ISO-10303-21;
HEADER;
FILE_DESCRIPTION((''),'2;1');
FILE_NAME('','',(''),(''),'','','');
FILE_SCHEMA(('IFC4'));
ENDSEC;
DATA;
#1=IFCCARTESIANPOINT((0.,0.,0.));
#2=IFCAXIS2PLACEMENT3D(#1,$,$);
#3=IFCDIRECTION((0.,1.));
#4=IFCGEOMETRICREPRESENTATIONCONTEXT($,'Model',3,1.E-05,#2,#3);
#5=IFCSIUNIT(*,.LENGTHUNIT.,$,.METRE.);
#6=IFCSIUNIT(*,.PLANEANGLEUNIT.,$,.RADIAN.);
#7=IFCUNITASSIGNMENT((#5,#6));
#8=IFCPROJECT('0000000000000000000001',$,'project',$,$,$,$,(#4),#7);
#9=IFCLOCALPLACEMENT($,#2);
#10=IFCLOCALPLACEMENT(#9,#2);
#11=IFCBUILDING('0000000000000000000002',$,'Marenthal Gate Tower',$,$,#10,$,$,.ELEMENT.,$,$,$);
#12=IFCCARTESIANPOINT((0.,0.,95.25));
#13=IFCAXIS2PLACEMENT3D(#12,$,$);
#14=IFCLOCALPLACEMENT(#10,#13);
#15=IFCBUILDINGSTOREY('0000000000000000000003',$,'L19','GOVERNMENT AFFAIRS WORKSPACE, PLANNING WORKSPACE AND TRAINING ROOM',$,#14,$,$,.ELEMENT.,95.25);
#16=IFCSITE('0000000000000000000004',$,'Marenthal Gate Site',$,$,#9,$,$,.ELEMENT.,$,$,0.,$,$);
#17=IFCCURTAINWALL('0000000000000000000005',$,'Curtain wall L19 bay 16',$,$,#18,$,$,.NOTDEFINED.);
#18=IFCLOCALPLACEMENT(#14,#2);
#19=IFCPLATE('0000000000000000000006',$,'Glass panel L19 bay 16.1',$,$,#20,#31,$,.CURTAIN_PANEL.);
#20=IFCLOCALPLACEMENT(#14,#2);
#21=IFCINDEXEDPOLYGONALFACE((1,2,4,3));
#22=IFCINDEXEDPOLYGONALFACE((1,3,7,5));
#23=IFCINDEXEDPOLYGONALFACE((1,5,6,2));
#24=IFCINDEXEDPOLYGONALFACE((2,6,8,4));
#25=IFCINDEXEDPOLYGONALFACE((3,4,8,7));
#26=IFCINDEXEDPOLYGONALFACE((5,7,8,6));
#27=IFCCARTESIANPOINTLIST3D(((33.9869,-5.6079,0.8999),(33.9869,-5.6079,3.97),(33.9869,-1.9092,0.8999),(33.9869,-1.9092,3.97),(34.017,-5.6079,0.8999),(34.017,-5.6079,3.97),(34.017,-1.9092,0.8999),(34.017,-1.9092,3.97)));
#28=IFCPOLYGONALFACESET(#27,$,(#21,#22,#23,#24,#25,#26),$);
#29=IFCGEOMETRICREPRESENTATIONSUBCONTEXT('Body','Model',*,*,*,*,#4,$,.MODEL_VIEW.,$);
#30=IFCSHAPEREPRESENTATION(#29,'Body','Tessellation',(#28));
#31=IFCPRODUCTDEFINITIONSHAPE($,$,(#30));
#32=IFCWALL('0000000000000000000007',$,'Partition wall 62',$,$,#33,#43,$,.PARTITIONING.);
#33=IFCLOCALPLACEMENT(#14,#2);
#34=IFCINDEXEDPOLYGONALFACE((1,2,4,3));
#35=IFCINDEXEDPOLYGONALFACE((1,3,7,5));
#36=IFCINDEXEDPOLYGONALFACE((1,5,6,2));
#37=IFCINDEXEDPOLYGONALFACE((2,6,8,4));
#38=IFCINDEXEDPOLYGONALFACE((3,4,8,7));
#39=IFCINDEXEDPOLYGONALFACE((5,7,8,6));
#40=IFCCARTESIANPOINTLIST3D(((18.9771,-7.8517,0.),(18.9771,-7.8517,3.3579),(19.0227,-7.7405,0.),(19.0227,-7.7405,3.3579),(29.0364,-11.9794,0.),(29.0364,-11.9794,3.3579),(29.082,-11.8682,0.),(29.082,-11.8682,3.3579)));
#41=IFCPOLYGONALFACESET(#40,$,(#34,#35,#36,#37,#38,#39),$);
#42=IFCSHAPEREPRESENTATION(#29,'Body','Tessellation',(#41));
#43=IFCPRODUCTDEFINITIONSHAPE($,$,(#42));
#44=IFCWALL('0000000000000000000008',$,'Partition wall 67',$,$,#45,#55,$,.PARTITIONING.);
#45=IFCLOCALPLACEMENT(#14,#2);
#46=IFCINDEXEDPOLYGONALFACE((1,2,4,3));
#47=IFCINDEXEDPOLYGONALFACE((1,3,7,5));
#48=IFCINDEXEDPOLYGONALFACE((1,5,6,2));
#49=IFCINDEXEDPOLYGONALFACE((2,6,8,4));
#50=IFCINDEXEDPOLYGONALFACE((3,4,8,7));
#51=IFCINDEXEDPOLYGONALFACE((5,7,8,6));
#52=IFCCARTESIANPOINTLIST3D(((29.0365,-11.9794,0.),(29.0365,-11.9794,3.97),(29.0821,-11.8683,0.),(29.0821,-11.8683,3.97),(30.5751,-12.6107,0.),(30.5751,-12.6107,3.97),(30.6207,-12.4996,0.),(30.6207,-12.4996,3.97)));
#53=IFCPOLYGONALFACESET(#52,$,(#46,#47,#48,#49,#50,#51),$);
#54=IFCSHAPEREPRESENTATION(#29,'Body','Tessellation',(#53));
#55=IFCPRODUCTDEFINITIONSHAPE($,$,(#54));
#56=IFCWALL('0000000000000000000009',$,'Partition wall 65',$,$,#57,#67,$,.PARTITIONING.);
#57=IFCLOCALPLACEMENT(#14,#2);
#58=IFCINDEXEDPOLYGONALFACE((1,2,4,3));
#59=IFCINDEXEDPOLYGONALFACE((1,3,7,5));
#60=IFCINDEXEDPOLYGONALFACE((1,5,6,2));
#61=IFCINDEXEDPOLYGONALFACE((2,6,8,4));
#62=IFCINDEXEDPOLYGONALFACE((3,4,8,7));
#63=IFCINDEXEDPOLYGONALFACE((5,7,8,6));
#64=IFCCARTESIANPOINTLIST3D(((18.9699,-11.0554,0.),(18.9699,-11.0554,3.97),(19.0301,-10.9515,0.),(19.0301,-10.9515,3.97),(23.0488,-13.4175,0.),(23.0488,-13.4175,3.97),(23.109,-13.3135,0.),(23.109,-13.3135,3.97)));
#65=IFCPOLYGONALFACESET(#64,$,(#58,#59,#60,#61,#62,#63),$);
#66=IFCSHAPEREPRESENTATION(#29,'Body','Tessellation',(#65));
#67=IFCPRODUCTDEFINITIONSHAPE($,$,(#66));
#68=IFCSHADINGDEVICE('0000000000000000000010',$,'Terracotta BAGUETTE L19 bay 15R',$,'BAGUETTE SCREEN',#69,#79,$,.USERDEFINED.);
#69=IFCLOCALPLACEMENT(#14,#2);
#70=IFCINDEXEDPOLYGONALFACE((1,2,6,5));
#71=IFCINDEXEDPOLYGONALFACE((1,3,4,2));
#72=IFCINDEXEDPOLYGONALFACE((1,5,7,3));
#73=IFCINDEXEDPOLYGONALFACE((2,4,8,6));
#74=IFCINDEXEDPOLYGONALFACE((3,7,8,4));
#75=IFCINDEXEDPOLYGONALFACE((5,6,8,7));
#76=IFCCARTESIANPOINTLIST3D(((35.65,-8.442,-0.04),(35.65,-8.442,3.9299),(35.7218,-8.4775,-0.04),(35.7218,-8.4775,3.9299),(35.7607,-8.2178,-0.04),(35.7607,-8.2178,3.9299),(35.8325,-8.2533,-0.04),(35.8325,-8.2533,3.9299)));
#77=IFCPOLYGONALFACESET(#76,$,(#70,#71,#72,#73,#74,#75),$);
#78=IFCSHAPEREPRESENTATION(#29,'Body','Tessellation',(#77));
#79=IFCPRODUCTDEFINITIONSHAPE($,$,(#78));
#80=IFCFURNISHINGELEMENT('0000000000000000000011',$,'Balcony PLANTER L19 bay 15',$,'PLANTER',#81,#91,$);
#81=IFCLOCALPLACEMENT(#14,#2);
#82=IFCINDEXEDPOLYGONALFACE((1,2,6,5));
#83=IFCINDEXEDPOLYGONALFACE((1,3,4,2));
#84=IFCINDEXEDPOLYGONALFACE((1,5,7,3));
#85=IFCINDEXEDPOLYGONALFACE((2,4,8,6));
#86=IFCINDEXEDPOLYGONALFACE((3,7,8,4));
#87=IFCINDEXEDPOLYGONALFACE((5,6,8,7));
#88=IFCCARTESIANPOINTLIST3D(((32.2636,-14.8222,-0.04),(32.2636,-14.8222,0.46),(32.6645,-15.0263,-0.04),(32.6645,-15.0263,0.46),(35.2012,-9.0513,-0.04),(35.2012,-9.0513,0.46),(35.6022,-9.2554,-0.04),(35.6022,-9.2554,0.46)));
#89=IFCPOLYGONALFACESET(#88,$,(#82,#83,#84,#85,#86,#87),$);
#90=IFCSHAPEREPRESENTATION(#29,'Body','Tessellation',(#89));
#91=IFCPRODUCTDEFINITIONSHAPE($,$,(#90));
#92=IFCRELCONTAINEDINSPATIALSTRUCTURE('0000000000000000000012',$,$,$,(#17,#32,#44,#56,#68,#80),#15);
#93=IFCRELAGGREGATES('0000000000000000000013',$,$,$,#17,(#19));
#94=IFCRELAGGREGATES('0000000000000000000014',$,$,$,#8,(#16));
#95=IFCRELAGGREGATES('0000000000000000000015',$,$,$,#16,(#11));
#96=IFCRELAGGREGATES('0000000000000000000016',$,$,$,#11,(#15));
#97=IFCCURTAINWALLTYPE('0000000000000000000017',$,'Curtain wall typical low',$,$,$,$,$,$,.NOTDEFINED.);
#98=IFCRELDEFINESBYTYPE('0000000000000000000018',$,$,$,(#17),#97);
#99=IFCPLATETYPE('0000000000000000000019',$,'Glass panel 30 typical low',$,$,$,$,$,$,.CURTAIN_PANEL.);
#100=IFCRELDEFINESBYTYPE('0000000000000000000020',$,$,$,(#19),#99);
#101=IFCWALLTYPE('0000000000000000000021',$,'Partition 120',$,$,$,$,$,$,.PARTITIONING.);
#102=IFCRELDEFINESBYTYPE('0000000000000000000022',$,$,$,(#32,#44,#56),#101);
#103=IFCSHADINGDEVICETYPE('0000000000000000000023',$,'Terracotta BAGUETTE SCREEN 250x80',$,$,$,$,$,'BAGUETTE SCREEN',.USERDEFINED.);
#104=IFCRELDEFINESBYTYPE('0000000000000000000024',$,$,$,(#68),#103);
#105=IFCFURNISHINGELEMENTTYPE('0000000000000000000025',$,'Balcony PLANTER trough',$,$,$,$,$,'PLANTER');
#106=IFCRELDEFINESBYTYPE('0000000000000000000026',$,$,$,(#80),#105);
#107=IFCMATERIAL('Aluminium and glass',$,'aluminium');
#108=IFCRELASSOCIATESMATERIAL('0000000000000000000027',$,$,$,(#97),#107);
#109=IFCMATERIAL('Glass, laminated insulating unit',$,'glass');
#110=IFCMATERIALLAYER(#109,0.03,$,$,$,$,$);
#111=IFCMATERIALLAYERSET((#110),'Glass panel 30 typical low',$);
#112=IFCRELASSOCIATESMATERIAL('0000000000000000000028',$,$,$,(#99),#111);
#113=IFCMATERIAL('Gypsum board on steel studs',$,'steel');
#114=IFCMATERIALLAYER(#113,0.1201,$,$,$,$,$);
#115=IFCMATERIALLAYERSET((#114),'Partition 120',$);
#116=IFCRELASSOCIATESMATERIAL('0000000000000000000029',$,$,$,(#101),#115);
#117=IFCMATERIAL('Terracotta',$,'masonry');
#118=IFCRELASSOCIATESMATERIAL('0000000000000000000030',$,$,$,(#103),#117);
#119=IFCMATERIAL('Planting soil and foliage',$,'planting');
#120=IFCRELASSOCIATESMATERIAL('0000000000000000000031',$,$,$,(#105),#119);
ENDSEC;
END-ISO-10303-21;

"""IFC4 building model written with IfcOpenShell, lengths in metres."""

from ifc_helpers import new_model, si_unit, direction, frame, frame_2d, origin, origin_2d, place, context, subcontext, project, spatial, rectangle, extrude, material, layer, layer_set, material_profile, profile_set, type_object, element, aggregate, save


model = new_model("IFC4")

# Units and contexts
model_context = context("Model", 3, precision=1e-05, world=origin(), true_north=direction((0.0, 1.0)))
body_context = subcontext(model_context, "Body", "Model", "MODEL_VIEW")
ifc_project = project(units=[si_unit("LENGTHUNIT", "METRE"), si_unit("PLANEANGLEUNIT", "RADIAN")], contexts=[model_context])

# Site, building, storey
site_placement = place(None, origin())
site = spatial("IfcSite", under=ifc_project, at=site_placement, Name="Marenthal Gate Site", CompositionType="ELEMENT", RefElevation=0.0)
building_placement = place(site_placement, origin())
building = spatial("IfcBuilding", under=site, at=building_placement, Name="Marenthal Gate Tower", CompositionType="ELEMENT")
storey_placement = place(building_placement, frame((0.0, 0.0, 95.25)))
storey = spatial("IfcBuildingStorey", under=building, at=storey_placement, Name="L19", Description="GOVERNMENT AFFAIRS WORKSPACE, PLANNING WORKSPACE AND TRAINING ROOM", CompositionType="ELEMENT", Elevation=95.25)

# Curtain wall
ifc_material_1 = material(Name="Aluminium and glass", Category="aluminium")
curtain_wall_type = type_object("IfcCurtainWallType", Name="Curtain wall typical low", PredefinedType="NOTDEFINED", material=ifc_material_1)
curtain_wall_placement = place(storey_placement, origin())
curtain_wall = element("IfcCurtainWall", 1, at=curtain_wall_placement, inside=storey, type_object=curtain_wall_type, Name="Curtain wall L19 bay 16", PredefinedType="NOTDEFINED")

# Plate
ifc_material_2 = material(Name="Glass, laminated insulating unit", Category="glass")
ifc_layer_1 = layer(ifc_material_2, 0.03)
ifc_layer_set_1 = layer_set([ifc_layer_1], Name="Glass panel 30 typical low")
plate_type = type_object("IfcPlateType", Name="Glass panel 30 typical low", PredefinedType="CURTAIN_PANEL", material=ifc_layer_set_1)
plate_placement = place(storey_placement, frame((34.002, -3.7585, 0.8999), z_axis=(0.0, 0.0, 1.0), x_axis=(0.0, 1.0, 0.0)))
plate = element("IfcPlate", 2, at=plate_placement, type_object=plate_type, Name="Glass panel L19 bay 16.1", PredefinedType="CURTAIN_PANEL", context=body_context, shape_type="SweptSolid", body=[
    extrude(rectangle(XDim=3.6987, YDim=0.03, at=origin_2d()), origin(), (0.0, 0.0, 1.0), 3.0701),
])
aggregate(curtain_wall, [plate])

# Walls
ifc_material_3 = material(Name="Gypsum board on steel studs", Category="steel")
ifc_layer_2 = layer(ifc_material_3, 0.1201)
ifc_layer_set_2 = layer_set([ifc_layer_2], Name="Partition 120")
wall_type = type_object("IfcWallType", Name="Partition 120", PredefinedType="PARTITIONING", material=ifc_layer_set_2)
wall_1_placement = place(storey_placement, frame((19.0, -7.7961, 0.0), z_axis=(0.0, 0.0, 1.0), x_axis=(0.925143, -0.379618, 0.0)))
element("IfcWall", 3, at=wall_1_placement, inside=storey, type_object=wall_type, Name="Partition wall 62", PredefinedType="PARTITIONING", context=body_context, shape_type="SweptSolid", body=[
    extrude(rectangle(XDim=10.8733, YDim=0.1201, at=frame_2d((5.4365, 0.0))), origin(), (0.0, 0.0, 1.0), 3.3579),
])
wall_2_placement = place(storey_placement, frame((29.0593, -11.9238, 0.0), z_axis=(0.0, 0.0, 1.0), x_axis=(0.92514, -0.379627, 0.0)))
element("IfcWall", 4, at=wall_2_placement, inside=storey, type_object=wall_type, Name="Partition wall 67", PredefinedType="PARTITIONING", context=body_context, shape_type="SweptSolid", body=[
    extrude(rectangle(XDim=1.6631, YDim=0.1201, at=frame_2d((0.8315, 0.0))), origin(), (0.0, 0.0, 1.0), 3.97),
])
wall_3_placement = place(storey_placement, frame((23.0789, -13.3655, 0.0), z_axis=(0.0, 0.0, 1.0), x_axis=(-0.86537, 0.501134, 0.0)))
element("IfcWall", 5, at=wall_3_placement, inside=storey, type_object=wall_type, Name="Partition wall 65", PredefinedType="PARTITIONING", context=body_context, shape_type="SweptSolid", body=[
    extrude(rectangle(XDim=4.7134, YDim=0.1201, at=frame_2d((2.3567, 0.0))), origin(), (0.0, 0.0, 1.0), 3.97),
])

# Shading device
ifc_material_4 = material(Name="Terracotta", Category="masonry")
ifc_material_profile_1 = material_profile(ifc_material_4, rectangle(XDim=0.25, YDim=0.0801, at=origin_2d()), Name="Terracotta baguette 250x80")
ifc_profile_set_1 = profile_set([ifc_material_profile_1], Name="Terracotta")
shading_device_type = type_object("IfcShadingDeviceType", Name="Terracotta BAGUETTE SCREEN 250x80", ElementType="BAGUETTE SCREEN", PredefinedType="USERDEFINED", material=ifc_profile_set_1)
shading_device_placement = place(storey_placement, frame((35.7412, -8.3477, -0.04), z_axis=(0.0, 0.0, 1.0), x_axis=(0.44279, 0.896625, 0.0)))
element("IfcShadingDevice", 6, at=shading_device_placement, inside=storey, type_object=shading_device_type, Name="Terracotta BAGUETTE L19 bay 15R", ObjectType="BAGUETTE SCREEN", PredefinedType="USERDEFINED", context=body_context, shape_type="SweptSolid", body=[
    extrude(rectangle(XDim=0.25, YDim=0.0801, at=origin_2d()), origin(), (0.0, 0.0, 1.0), 3.97),
])

# Furnishing element
ifc_material_5 = material(Name="Planting soil and foliage", Category="planting")
furnishing_element_type = type_object("IfcFurnishingElementType", Name="Balcony PLANTER trough", ElementType="PLANTER", material=ifc_material_5)
furnishing_placement = place(storey_placement, frame((33.9329, -12.0388, -0.04), z_axis=(0.0, 0.0, 1.0), x_axis=(0.453646, 0.891182, 0.0)))
element("IfcFurnishingElement", 7, at=furnishing_placement, inside=storey, type_object=furnishing_element_type, Name="Balcony PLANTER L19 bay 15", ObjectType="PLANTER", context=body_context, shape_type="SweptSolid", body=[
    extrude(rectangle(XDim=6.4756, YDim=0.45, at=origin_2d()), origin(), (0.0, 0.0, 1.0), 0.5),
])

save(model, "model.ifc")
